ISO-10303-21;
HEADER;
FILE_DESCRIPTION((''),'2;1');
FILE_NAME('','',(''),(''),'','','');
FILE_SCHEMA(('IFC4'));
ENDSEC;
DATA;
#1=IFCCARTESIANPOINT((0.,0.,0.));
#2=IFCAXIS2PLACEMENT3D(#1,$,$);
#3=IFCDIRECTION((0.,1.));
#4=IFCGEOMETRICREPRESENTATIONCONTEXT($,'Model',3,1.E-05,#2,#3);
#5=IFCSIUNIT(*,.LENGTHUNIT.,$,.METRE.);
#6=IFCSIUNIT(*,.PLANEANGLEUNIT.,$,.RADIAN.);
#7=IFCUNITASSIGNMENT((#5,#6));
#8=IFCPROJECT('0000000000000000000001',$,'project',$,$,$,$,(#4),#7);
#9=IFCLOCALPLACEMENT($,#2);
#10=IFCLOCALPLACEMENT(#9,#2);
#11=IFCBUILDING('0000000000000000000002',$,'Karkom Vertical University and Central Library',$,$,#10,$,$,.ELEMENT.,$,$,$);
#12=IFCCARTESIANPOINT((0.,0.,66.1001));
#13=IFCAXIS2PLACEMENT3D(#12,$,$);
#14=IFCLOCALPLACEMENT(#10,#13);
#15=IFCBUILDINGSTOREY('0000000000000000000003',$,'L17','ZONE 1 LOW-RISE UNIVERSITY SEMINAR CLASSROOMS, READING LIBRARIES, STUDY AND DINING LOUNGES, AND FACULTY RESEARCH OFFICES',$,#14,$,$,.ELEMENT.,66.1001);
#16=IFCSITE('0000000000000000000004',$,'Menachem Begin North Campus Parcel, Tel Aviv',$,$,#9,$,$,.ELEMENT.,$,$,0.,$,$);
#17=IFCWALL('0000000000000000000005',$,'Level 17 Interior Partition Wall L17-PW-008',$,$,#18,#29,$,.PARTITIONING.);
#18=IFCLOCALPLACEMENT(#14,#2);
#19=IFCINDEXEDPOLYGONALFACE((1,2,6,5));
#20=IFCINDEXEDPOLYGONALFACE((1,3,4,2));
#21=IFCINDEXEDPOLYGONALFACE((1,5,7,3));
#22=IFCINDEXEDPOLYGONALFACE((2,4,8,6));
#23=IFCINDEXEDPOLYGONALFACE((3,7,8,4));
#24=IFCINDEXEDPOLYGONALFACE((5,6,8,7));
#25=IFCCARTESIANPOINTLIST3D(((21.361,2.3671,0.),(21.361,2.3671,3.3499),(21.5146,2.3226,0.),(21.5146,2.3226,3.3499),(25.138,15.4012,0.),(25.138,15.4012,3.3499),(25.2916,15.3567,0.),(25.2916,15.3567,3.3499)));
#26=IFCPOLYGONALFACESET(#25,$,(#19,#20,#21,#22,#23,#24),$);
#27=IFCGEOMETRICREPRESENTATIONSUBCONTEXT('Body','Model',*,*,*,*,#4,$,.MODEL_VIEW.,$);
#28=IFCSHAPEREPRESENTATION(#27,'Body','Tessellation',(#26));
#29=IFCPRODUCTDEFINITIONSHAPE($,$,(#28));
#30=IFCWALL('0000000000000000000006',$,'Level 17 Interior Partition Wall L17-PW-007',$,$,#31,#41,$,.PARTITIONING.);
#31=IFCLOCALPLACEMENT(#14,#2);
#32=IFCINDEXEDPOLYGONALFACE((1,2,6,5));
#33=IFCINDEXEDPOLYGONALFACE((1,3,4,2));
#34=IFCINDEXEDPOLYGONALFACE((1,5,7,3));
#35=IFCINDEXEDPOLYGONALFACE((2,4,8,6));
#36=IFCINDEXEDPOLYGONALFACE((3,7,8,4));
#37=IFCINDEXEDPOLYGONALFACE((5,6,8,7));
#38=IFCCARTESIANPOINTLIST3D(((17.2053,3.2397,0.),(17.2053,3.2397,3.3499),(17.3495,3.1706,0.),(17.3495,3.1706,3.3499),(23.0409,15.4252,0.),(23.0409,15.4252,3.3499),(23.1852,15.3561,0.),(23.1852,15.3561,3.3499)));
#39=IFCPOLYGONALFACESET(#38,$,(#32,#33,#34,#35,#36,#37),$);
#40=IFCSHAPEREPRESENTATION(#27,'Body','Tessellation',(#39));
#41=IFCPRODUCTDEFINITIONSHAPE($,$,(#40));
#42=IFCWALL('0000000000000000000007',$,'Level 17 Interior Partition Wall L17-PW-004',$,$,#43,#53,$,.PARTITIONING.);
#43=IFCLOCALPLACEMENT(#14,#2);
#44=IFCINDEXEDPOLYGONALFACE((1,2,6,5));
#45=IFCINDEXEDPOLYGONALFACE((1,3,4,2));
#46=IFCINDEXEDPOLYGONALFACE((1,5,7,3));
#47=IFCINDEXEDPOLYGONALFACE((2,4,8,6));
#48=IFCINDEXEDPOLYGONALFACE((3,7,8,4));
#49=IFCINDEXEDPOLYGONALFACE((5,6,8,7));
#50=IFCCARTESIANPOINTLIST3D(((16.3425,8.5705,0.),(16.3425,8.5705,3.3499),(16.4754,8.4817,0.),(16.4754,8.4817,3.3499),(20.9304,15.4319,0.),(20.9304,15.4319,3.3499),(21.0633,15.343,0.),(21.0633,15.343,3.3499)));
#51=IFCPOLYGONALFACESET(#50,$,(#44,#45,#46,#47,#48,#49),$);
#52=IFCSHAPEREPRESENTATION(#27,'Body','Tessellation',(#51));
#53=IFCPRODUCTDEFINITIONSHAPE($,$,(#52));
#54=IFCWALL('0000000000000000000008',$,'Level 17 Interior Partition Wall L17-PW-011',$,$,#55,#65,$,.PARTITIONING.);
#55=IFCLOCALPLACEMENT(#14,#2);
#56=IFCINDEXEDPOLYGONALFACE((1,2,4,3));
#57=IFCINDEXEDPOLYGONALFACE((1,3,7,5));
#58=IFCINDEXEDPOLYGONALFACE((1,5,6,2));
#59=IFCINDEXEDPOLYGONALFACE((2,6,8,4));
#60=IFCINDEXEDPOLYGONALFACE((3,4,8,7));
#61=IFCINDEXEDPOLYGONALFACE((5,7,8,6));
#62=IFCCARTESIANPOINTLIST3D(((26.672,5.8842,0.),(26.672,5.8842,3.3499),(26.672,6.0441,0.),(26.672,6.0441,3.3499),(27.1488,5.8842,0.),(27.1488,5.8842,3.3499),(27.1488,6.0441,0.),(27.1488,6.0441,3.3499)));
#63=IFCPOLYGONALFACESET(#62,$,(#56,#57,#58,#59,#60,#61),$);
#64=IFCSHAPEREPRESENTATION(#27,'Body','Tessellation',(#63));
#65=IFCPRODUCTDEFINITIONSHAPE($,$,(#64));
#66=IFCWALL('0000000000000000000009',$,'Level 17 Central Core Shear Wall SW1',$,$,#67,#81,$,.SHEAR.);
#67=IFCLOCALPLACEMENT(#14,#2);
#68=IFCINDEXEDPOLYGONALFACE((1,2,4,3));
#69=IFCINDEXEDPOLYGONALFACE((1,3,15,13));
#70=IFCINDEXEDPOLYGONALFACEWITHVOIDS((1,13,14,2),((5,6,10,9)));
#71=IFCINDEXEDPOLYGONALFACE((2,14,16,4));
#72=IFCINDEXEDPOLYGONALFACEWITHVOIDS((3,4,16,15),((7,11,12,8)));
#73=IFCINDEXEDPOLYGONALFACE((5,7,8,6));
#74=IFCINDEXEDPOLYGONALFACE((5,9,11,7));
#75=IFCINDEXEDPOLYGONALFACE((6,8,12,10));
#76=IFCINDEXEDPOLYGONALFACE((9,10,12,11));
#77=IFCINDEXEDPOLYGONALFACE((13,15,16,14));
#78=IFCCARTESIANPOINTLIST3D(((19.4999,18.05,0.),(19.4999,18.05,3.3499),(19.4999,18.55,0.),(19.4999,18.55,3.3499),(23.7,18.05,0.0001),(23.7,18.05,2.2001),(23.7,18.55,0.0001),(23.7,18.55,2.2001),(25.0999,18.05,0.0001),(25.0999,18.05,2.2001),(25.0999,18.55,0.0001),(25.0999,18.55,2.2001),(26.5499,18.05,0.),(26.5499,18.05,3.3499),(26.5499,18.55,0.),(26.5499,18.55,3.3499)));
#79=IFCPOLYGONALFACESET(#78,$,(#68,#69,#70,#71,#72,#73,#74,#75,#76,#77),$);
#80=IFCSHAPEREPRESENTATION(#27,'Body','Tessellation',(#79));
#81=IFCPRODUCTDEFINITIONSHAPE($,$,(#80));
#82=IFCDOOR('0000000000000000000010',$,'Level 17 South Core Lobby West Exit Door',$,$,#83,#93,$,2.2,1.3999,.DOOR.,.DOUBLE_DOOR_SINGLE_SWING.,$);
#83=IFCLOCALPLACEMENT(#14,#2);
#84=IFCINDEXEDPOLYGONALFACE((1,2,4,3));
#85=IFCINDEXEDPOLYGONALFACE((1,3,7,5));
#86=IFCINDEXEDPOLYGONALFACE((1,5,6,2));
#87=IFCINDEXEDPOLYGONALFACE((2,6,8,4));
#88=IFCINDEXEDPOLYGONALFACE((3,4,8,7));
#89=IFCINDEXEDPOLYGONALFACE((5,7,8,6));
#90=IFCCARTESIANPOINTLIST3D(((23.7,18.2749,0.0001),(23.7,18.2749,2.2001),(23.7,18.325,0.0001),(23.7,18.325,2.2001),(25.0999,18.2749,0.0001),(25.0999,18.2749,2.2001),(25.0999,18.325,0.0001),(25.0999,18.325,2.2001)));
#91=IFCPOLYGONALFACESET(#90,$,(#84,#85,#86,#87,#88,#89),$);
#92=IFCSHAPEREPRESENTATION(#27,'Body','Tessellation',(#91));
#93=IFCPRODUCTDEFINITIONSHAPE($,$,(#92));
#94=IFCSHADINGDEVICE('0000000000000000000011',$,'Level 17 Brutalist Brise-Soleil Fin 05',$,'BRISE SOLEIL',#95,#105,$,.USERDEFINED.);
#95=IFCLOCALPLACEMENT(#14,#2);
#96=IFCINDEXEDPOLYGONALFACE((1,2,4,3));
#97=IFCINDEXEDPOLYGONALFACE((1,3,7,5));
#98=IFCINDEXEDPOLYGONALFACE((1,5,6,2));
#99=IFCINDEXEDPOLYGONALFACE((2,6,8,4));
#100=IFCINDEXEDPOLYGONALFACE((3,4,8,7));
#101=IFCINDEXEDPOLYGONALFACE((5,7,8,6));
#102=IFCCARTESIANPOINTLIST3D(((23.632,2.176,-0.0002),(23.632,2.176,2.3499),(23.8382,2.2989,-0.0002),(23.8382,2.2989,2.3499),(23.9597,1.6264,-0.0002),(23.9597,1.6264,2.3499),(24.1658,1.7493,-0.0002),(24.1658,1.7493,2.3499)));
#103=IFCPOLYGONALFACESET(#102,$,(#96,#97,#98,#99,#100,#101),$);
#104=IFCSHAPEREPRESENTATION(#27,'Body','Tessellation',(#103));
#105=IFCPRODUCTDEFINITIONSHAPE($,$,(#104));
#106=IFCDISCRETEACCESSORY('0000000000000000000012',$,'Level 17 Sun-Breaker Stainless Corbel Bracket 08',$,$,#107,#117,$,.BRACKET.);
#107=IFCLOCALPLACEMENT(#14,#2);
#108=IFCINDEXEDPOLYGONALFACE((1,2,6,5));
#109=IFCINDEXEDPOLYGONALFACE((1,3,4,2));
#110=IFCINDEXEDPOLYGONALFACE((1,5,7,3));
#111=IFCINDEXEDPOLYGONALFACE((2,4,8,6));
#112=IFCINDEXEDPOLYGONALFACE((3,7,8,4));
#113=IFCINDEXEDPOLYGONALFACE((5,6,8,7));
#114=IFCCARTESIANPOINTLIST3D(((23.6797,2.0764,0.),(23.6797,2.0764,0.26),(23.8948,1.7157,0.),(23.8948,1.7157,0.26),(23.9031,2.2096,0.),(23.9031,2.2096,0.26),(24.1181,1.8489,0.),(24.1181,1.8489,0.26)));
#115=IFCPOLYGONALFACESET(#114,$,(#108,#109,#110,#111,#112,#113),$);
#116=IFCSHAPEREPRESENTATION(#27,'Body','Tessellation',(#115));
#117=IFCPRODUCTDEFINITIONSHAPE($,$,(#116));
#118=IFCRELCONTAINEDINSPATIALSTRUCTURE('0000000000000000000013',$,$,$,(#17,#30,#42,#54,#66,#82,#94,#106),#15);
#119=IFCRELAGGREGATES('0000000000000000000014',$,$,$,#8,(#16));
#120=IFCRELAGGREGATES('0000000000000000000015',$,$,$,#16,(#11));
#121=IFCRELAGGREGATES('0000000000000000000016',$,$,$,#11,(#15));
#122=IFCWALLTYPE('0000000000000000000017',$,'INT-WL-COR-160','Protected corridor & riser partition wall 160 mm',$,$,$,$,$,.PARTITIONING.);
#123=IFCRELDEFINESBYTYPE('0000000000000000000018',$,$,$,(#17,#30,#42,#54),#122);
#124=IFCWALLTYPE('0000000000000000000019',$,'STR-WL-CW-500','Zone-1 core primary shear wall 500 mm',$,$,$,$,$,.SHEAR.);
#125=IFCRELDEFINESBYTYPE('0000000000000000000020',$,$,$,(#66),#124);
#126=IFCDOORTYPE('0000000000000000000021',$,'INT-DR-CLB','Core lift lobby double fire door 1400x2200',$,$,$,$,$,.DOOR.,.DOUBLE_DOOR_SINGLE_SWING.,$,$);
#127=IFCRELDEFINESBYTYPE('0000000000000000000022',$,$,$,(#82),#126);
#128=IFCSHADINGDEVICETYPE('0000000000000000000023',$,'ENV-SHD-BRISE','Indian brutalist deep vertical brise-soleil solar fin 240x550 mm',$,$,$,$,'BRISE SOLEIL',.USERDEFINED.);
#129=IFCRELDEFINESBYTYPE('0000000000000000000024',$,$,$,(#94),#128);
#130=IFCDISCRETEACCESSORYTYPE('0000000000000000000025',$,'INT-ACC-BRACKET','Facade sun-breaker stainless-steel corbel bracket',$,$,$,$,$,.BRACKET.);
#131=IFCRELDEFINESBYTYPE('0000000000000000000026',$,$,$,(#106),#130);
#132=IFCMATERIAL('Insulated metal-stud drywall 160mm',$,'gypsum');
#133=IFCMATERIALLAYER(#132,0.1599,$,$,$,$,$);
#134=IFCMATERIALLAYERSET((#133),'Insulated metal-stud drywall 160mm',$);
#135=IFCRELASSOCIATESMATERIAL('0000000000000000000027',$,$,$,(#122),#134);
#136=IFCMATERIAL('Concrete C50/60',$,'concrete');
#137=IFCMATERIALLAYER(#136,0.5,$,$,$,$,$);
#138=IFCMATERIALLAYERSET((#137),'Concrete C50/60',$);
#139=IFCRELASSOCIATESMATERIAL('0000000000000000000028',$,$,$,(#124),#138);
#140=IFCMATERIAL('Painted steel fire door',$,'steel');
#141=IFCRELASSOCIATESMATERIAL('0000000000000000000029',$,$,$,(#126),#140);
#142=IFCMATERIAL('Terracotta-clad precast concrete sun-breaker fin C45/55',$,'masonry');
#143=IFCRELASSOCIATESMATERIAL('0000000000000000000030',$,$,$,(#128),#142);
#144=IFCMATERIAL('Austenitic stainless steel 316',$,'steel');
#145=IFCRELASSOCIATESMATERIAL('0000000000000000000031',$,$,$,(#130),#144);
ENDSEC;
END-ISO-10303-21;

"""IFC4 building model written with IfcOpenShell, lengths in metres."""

from ifc_helpers import new_model, si_unit, direction, frame, frame_2d, origin, origin_with_axes, origin_2d, place, context, subcontext, project, spatial, rectangle, extrude, source, transform, mapped, material, layer, layer_set, type_object, element, fill, save


model = new_model("IFC4")

# Units and contexts
model_context = context("Model", 3, precision=1e-05, world=origin(), true_north=direction((0.0, 1.0)))
body_context = subcontext(model_context, "Body", "Model", "MODEL_VIEW")
ifc_project = project(units=[si_unit("LENGTHUNIT", "METRE"), si_unit("PLANEANGLEUNIT", "RADIAN")], contexts=[model_context])

# Site, building, storey
site_placement = place(None, origin())
site = spatial("IfcSite", under=ifc_project, at=site_placement, Name="Menachem Begin North Campus Parcel, Tel Aviv", CompositionType="ELEMENT", RefElevation=0.0)
building_placement = place(site_placement, origin())
building = spatial("IfcBuilding", under=site, at=building_placement, Name="Karkom Vertical University and Central Library", CompositionType="ELEMENT")
storey_placement = place(building_placement, frame((0.0, 0.0, 66.1001)))
storey = spatial("IfcBuildingStorey", under=building, at=storey_placement, Name="L17", Description="ZONE 1 LOW-RISE UNIVERSITY SEMINAR CLASSROOMS, READING LIBRARIES, STUDY AND DINING LOUNGES, AND FACULTY RESEARCH OFFICES", CompositionType="ELEMENT", Elevation=66.1001)

# Shared definitions
ifc_material_1 = material(Name="Concrete C50/60", Category="concrete")

# Shared definitions
ifc_material_2 = material(Name="Insulated metal-stud drywall 160mm", Category="gypsum")
ifc_layer_1 = layer(ifc_material_2, 0.1599)
ifc_layer_set_1 = layer_set([ifc_layer_1], Name="Insulated metal-stud drywall 160mm")
wall_type_1 = type_object("IfcWallType", Name="INT-WL-COR-160", Description="Protected corridor & riser partition wall 160 mm", PredefinedType="PARTITIONING", material=ifc_layer_set_1)

# Walls
wall_1_placement = place(storey_placement, frame((25.2148, 15.3789, 0.0), z_axis=(0.0, 0.0, 1.0), x_axis=(-0.278333, -0.960485, 0.0)))
element("IfcWall", 1, at=wall_1_placement, inside=storey, type_object=wall_type_1, Name="Level 17 Interior Partition Wall L17-PW-008", PredefinedType="PARTITIONING", context=body_context, shape_type="SweptSolid", body=[
    extrude(rectangle(XDim=13.5703, YDim=0.1599, at=frame_2d((6.7852, 0.0))), origin(), (0.0, 0.0, 1.0), 3.3499),
])
wall_2_placement = place(storey_placement, frame((23.113, 15.3906, 0.0), z_axis=(0.0, 0.0, 1.0), x_axis=(-0.431927, -0.901909, 0.0)))
element("IfcWall", 2, at=wall_2_placement, inside=storey, type_object=wall_type_1, Name="Level 17 Interior Partition Wall L17-PW-007", PredefinedType="PARTITIONING", context=body_context, shape_type="SweptSolid", body=[
    extrude(rectangle(XDim=13.5107, YDim=0.1599, at=frame_2d((6.7554, 0.0))), origin(), (0.0, 0.0, 1.0), 3.3499),
])
wall_3_placement = place(storey_placement, frame((20.9968, 15.3875, 0.0), z_axis=(0.0, 0.0, 1.0), x_axis=(-0.555846, -0.831285, 0.0)))
element("IfcWall", 3, at=wall_3_placement, inside=storey, type_object=wall_type_1, Name="Level 17 Interior Partition Wall L17-PW-004", PredefinedType="PARTITIONING", context=body_context, shape_type="SweptSolid", body=[
    extrude(rectangle(XDim=8.2539, YDim=0.1599, at=frame_2d((4.127, 0.0))), origin(), (0.0, 0.0, 1.0), 3.3499),
])
wall_4_placement = place(storey_placement, frame((26.6721, 5.9641, 0.0), z_axis=(0.0, 0.0, 1.0), x_axis=(1.0, 0.0, 0.0)))
element("IfcWall", 4, at=wall_4_placement, inside=storey, type_object=wall_type_1, Name="Level 17 Interior Partition Wall L17-PW-011", PredefinedType="PARTITIONING", context=body_context, shape_type="SweptSolid", body=[
    extrude(rectangle(XDim=0.4768, YDim=0.1599, at=frame_2d((0.2383, 0.0))), origin(), (0.0, 0.0, 1.0), 3.3499),
])

# Wall, opening, door
ifc_layer_2 = layer(ifc_material_1, 0.5)
ifc_layer_set_2 = layer_set([ifc_layer_2], Name="Concrete C50/60")
wall_type_2 = type_object("IfcWallType", Name="STR-WL-CW-500", Description="Zone-1 core primary shear wall 500 mm", PredefinedType="SHEAR", material=ifc_layer_set_2)
wall_5_placement = place(storey_placement, frame((19.5, 18.3, 0.0), z_axis=(0.0, 0.0, 1.0), x_axis=(1.0, 0.0, 0.0)))
wall_5 = element("IfcWall", 5, at=wall_5_placement, inside=storey, type_object=wall_type_2, Name="Level 17 Central Core Shear Wall SW1", PredefinedType="SHEAR", context=body_context, shape_type="SweptSolid", body=[
    extrude(rectangle(XDim=7.05, YDim=0.5, at=frame_2d((3.5249, 0.0))), origin(), (0.0, 0.0, 1.0), 3.3499),
])
opening_1_placement = place(wall_5_placement, frame((4.2, 0.0, 0.0)))
opening_1 = element("IfcOpeningElement", 6, at=opening_1_placement, cuts=wall_5, PredefinedType="OPENING", context=body_context, shape_type="SweptSolid", body=[
    extrude(rectangle(XDim=1.3999, YDim=2.2, at=frame_2d((0.7, 1.1001))), frame((0.0, 0.26, 0.0), z_axis=(0.0, -1.0, 0.0), x_axis=(1.0, 0.0, 0.0)), (0.0, 0.0, 1.0), 0.52),
])
ifc_material_3 = material(Name="Painted steel fire door", Category="steel")
door_type_1 = type_object("IfcDoorType", Name="INT-DR-CLB", Description="Core lift lobby double fire door 1400x2200", OperationType="DOUBLE_DOOR_SINGLE_SWING", PredefinedType="DOOR", material=ifc_material_3)
shared_shape_1 = source(origin_with_axes(), body_context, "Body", "SweptSolid", [
    extrude(rectangle(XDim=1.3999, YDim=2.2, at=frame_2d((0.7, 1.1001))), frame((0.0, 0.0249, 0.0), z_axis=(0.0, -1.0, 0.0), x_axis=(1.0, 0.0, 0.0)), (0.0, 0.0, 1.0), 0.05),
])
door_1_placement = place(opening_1_placement, origin())
door_1 = element("IfcDoor", 7, at=door_1_placement, inside=storey, type_object=door_type_1, Name="Level 17 South Core Lobby West Exit Door", OperationType="DOUBLE_DOOR_SINGLE_SWING", OverallHeight=2.2, OverallWidth=1.3999, PredefinedType="DOOR", context=body_context, shape_type="MappedRepresentation", body=[
    mapped(shared_shape_1, transform((0.0, 0.0, 0.0), scale=1.0)),
])
fill(opening_1, door_1)

# Shading device
ifc_material_4 = material(Name="Terracotta-clad precast concrete sun-breaker fin C45/55", Category="masonry")
shading_device_type = type_object("IfcShadingDeviceType", Name="ENV-SHD-BRISE", Description="Indian brutalist deep vertical brise-soleil solar fin 240x550 mm", ElementType="BRISE SOLEIL", PredefinedType="USERDEFINED", material=ifc_material_4)
shared_shape_2 = source(origin_with_axes(), body_context, "Body", "SweptSolid", [
    extrude(rectangle(XDim=0.24, YDim=0.6399, at=origin_2d()), origin(), (0.0, 0.0, 1.0), 2.3501),
])
shading_device_placement = place(storey_placement, frame((23.8989, 1.9626, -0.0002), z_axis=(0.0, 0.0, 1.0), x_axis=(0.85896, 0.512043, 0.0)))
element("IfcShadingDevice", 8, at=shading_device_placement, inside=storey, type_object=shading_device_type, Name="Level 17 Brutalist Brise-Soleil Fin 05", ObjectType="BRISE SOLEIL", PredefinedType="USERDEFINED", context=body_context, shape_type="MappedRepresentation", body=[
    mapped(shared_shape_2, transform((0.0, 0.0, 0.0), scale=1.0)),
])

# Discrete accessory
ifc_material_5 = material(Name="Austenitic stainless steel 316", Category="steel")
discrete_accessory_type = type_object("IfcDiscreteAccessoryType", Name="INT-ACC-BRACKET", Description="Facade sun-breaker stainless-steel corbel bracket", PredefinedType="BRACKET", material=ifc_material_5)
shared_shape_3 = source(origin_with_axes(), body_context, "Body", "SweptSolid", [
    extrude(rectangle(XDim=0.26, YDim=0.4199, at=origin_2d()), origin(), (0.0, 0.0, 1.0), 0.26),
])
discrete_accessory_placement = place(storey_placement, frame((23.8989, 1.9626, 0.0), z_axis=(0.0, 0.0, 1.0), x_axis=(0.85896, 0.512043, 0.0)))
element("IfcDiscreteAccessory", 9, at=discrete_accessory_placement, inside=storey, type_object=discrete_accessory_type, Name="Level 17 Sun-Breaker Stainless Corbel Bracket 08", PredefinedType="BRACKET", context=body_context, shape_type="MappedRepresentation", body=[
    mapped(shared_shape_3, transform((0.0, 0.0, 0.0), scale=1.0)),
])

save(model, "model.ifc")
